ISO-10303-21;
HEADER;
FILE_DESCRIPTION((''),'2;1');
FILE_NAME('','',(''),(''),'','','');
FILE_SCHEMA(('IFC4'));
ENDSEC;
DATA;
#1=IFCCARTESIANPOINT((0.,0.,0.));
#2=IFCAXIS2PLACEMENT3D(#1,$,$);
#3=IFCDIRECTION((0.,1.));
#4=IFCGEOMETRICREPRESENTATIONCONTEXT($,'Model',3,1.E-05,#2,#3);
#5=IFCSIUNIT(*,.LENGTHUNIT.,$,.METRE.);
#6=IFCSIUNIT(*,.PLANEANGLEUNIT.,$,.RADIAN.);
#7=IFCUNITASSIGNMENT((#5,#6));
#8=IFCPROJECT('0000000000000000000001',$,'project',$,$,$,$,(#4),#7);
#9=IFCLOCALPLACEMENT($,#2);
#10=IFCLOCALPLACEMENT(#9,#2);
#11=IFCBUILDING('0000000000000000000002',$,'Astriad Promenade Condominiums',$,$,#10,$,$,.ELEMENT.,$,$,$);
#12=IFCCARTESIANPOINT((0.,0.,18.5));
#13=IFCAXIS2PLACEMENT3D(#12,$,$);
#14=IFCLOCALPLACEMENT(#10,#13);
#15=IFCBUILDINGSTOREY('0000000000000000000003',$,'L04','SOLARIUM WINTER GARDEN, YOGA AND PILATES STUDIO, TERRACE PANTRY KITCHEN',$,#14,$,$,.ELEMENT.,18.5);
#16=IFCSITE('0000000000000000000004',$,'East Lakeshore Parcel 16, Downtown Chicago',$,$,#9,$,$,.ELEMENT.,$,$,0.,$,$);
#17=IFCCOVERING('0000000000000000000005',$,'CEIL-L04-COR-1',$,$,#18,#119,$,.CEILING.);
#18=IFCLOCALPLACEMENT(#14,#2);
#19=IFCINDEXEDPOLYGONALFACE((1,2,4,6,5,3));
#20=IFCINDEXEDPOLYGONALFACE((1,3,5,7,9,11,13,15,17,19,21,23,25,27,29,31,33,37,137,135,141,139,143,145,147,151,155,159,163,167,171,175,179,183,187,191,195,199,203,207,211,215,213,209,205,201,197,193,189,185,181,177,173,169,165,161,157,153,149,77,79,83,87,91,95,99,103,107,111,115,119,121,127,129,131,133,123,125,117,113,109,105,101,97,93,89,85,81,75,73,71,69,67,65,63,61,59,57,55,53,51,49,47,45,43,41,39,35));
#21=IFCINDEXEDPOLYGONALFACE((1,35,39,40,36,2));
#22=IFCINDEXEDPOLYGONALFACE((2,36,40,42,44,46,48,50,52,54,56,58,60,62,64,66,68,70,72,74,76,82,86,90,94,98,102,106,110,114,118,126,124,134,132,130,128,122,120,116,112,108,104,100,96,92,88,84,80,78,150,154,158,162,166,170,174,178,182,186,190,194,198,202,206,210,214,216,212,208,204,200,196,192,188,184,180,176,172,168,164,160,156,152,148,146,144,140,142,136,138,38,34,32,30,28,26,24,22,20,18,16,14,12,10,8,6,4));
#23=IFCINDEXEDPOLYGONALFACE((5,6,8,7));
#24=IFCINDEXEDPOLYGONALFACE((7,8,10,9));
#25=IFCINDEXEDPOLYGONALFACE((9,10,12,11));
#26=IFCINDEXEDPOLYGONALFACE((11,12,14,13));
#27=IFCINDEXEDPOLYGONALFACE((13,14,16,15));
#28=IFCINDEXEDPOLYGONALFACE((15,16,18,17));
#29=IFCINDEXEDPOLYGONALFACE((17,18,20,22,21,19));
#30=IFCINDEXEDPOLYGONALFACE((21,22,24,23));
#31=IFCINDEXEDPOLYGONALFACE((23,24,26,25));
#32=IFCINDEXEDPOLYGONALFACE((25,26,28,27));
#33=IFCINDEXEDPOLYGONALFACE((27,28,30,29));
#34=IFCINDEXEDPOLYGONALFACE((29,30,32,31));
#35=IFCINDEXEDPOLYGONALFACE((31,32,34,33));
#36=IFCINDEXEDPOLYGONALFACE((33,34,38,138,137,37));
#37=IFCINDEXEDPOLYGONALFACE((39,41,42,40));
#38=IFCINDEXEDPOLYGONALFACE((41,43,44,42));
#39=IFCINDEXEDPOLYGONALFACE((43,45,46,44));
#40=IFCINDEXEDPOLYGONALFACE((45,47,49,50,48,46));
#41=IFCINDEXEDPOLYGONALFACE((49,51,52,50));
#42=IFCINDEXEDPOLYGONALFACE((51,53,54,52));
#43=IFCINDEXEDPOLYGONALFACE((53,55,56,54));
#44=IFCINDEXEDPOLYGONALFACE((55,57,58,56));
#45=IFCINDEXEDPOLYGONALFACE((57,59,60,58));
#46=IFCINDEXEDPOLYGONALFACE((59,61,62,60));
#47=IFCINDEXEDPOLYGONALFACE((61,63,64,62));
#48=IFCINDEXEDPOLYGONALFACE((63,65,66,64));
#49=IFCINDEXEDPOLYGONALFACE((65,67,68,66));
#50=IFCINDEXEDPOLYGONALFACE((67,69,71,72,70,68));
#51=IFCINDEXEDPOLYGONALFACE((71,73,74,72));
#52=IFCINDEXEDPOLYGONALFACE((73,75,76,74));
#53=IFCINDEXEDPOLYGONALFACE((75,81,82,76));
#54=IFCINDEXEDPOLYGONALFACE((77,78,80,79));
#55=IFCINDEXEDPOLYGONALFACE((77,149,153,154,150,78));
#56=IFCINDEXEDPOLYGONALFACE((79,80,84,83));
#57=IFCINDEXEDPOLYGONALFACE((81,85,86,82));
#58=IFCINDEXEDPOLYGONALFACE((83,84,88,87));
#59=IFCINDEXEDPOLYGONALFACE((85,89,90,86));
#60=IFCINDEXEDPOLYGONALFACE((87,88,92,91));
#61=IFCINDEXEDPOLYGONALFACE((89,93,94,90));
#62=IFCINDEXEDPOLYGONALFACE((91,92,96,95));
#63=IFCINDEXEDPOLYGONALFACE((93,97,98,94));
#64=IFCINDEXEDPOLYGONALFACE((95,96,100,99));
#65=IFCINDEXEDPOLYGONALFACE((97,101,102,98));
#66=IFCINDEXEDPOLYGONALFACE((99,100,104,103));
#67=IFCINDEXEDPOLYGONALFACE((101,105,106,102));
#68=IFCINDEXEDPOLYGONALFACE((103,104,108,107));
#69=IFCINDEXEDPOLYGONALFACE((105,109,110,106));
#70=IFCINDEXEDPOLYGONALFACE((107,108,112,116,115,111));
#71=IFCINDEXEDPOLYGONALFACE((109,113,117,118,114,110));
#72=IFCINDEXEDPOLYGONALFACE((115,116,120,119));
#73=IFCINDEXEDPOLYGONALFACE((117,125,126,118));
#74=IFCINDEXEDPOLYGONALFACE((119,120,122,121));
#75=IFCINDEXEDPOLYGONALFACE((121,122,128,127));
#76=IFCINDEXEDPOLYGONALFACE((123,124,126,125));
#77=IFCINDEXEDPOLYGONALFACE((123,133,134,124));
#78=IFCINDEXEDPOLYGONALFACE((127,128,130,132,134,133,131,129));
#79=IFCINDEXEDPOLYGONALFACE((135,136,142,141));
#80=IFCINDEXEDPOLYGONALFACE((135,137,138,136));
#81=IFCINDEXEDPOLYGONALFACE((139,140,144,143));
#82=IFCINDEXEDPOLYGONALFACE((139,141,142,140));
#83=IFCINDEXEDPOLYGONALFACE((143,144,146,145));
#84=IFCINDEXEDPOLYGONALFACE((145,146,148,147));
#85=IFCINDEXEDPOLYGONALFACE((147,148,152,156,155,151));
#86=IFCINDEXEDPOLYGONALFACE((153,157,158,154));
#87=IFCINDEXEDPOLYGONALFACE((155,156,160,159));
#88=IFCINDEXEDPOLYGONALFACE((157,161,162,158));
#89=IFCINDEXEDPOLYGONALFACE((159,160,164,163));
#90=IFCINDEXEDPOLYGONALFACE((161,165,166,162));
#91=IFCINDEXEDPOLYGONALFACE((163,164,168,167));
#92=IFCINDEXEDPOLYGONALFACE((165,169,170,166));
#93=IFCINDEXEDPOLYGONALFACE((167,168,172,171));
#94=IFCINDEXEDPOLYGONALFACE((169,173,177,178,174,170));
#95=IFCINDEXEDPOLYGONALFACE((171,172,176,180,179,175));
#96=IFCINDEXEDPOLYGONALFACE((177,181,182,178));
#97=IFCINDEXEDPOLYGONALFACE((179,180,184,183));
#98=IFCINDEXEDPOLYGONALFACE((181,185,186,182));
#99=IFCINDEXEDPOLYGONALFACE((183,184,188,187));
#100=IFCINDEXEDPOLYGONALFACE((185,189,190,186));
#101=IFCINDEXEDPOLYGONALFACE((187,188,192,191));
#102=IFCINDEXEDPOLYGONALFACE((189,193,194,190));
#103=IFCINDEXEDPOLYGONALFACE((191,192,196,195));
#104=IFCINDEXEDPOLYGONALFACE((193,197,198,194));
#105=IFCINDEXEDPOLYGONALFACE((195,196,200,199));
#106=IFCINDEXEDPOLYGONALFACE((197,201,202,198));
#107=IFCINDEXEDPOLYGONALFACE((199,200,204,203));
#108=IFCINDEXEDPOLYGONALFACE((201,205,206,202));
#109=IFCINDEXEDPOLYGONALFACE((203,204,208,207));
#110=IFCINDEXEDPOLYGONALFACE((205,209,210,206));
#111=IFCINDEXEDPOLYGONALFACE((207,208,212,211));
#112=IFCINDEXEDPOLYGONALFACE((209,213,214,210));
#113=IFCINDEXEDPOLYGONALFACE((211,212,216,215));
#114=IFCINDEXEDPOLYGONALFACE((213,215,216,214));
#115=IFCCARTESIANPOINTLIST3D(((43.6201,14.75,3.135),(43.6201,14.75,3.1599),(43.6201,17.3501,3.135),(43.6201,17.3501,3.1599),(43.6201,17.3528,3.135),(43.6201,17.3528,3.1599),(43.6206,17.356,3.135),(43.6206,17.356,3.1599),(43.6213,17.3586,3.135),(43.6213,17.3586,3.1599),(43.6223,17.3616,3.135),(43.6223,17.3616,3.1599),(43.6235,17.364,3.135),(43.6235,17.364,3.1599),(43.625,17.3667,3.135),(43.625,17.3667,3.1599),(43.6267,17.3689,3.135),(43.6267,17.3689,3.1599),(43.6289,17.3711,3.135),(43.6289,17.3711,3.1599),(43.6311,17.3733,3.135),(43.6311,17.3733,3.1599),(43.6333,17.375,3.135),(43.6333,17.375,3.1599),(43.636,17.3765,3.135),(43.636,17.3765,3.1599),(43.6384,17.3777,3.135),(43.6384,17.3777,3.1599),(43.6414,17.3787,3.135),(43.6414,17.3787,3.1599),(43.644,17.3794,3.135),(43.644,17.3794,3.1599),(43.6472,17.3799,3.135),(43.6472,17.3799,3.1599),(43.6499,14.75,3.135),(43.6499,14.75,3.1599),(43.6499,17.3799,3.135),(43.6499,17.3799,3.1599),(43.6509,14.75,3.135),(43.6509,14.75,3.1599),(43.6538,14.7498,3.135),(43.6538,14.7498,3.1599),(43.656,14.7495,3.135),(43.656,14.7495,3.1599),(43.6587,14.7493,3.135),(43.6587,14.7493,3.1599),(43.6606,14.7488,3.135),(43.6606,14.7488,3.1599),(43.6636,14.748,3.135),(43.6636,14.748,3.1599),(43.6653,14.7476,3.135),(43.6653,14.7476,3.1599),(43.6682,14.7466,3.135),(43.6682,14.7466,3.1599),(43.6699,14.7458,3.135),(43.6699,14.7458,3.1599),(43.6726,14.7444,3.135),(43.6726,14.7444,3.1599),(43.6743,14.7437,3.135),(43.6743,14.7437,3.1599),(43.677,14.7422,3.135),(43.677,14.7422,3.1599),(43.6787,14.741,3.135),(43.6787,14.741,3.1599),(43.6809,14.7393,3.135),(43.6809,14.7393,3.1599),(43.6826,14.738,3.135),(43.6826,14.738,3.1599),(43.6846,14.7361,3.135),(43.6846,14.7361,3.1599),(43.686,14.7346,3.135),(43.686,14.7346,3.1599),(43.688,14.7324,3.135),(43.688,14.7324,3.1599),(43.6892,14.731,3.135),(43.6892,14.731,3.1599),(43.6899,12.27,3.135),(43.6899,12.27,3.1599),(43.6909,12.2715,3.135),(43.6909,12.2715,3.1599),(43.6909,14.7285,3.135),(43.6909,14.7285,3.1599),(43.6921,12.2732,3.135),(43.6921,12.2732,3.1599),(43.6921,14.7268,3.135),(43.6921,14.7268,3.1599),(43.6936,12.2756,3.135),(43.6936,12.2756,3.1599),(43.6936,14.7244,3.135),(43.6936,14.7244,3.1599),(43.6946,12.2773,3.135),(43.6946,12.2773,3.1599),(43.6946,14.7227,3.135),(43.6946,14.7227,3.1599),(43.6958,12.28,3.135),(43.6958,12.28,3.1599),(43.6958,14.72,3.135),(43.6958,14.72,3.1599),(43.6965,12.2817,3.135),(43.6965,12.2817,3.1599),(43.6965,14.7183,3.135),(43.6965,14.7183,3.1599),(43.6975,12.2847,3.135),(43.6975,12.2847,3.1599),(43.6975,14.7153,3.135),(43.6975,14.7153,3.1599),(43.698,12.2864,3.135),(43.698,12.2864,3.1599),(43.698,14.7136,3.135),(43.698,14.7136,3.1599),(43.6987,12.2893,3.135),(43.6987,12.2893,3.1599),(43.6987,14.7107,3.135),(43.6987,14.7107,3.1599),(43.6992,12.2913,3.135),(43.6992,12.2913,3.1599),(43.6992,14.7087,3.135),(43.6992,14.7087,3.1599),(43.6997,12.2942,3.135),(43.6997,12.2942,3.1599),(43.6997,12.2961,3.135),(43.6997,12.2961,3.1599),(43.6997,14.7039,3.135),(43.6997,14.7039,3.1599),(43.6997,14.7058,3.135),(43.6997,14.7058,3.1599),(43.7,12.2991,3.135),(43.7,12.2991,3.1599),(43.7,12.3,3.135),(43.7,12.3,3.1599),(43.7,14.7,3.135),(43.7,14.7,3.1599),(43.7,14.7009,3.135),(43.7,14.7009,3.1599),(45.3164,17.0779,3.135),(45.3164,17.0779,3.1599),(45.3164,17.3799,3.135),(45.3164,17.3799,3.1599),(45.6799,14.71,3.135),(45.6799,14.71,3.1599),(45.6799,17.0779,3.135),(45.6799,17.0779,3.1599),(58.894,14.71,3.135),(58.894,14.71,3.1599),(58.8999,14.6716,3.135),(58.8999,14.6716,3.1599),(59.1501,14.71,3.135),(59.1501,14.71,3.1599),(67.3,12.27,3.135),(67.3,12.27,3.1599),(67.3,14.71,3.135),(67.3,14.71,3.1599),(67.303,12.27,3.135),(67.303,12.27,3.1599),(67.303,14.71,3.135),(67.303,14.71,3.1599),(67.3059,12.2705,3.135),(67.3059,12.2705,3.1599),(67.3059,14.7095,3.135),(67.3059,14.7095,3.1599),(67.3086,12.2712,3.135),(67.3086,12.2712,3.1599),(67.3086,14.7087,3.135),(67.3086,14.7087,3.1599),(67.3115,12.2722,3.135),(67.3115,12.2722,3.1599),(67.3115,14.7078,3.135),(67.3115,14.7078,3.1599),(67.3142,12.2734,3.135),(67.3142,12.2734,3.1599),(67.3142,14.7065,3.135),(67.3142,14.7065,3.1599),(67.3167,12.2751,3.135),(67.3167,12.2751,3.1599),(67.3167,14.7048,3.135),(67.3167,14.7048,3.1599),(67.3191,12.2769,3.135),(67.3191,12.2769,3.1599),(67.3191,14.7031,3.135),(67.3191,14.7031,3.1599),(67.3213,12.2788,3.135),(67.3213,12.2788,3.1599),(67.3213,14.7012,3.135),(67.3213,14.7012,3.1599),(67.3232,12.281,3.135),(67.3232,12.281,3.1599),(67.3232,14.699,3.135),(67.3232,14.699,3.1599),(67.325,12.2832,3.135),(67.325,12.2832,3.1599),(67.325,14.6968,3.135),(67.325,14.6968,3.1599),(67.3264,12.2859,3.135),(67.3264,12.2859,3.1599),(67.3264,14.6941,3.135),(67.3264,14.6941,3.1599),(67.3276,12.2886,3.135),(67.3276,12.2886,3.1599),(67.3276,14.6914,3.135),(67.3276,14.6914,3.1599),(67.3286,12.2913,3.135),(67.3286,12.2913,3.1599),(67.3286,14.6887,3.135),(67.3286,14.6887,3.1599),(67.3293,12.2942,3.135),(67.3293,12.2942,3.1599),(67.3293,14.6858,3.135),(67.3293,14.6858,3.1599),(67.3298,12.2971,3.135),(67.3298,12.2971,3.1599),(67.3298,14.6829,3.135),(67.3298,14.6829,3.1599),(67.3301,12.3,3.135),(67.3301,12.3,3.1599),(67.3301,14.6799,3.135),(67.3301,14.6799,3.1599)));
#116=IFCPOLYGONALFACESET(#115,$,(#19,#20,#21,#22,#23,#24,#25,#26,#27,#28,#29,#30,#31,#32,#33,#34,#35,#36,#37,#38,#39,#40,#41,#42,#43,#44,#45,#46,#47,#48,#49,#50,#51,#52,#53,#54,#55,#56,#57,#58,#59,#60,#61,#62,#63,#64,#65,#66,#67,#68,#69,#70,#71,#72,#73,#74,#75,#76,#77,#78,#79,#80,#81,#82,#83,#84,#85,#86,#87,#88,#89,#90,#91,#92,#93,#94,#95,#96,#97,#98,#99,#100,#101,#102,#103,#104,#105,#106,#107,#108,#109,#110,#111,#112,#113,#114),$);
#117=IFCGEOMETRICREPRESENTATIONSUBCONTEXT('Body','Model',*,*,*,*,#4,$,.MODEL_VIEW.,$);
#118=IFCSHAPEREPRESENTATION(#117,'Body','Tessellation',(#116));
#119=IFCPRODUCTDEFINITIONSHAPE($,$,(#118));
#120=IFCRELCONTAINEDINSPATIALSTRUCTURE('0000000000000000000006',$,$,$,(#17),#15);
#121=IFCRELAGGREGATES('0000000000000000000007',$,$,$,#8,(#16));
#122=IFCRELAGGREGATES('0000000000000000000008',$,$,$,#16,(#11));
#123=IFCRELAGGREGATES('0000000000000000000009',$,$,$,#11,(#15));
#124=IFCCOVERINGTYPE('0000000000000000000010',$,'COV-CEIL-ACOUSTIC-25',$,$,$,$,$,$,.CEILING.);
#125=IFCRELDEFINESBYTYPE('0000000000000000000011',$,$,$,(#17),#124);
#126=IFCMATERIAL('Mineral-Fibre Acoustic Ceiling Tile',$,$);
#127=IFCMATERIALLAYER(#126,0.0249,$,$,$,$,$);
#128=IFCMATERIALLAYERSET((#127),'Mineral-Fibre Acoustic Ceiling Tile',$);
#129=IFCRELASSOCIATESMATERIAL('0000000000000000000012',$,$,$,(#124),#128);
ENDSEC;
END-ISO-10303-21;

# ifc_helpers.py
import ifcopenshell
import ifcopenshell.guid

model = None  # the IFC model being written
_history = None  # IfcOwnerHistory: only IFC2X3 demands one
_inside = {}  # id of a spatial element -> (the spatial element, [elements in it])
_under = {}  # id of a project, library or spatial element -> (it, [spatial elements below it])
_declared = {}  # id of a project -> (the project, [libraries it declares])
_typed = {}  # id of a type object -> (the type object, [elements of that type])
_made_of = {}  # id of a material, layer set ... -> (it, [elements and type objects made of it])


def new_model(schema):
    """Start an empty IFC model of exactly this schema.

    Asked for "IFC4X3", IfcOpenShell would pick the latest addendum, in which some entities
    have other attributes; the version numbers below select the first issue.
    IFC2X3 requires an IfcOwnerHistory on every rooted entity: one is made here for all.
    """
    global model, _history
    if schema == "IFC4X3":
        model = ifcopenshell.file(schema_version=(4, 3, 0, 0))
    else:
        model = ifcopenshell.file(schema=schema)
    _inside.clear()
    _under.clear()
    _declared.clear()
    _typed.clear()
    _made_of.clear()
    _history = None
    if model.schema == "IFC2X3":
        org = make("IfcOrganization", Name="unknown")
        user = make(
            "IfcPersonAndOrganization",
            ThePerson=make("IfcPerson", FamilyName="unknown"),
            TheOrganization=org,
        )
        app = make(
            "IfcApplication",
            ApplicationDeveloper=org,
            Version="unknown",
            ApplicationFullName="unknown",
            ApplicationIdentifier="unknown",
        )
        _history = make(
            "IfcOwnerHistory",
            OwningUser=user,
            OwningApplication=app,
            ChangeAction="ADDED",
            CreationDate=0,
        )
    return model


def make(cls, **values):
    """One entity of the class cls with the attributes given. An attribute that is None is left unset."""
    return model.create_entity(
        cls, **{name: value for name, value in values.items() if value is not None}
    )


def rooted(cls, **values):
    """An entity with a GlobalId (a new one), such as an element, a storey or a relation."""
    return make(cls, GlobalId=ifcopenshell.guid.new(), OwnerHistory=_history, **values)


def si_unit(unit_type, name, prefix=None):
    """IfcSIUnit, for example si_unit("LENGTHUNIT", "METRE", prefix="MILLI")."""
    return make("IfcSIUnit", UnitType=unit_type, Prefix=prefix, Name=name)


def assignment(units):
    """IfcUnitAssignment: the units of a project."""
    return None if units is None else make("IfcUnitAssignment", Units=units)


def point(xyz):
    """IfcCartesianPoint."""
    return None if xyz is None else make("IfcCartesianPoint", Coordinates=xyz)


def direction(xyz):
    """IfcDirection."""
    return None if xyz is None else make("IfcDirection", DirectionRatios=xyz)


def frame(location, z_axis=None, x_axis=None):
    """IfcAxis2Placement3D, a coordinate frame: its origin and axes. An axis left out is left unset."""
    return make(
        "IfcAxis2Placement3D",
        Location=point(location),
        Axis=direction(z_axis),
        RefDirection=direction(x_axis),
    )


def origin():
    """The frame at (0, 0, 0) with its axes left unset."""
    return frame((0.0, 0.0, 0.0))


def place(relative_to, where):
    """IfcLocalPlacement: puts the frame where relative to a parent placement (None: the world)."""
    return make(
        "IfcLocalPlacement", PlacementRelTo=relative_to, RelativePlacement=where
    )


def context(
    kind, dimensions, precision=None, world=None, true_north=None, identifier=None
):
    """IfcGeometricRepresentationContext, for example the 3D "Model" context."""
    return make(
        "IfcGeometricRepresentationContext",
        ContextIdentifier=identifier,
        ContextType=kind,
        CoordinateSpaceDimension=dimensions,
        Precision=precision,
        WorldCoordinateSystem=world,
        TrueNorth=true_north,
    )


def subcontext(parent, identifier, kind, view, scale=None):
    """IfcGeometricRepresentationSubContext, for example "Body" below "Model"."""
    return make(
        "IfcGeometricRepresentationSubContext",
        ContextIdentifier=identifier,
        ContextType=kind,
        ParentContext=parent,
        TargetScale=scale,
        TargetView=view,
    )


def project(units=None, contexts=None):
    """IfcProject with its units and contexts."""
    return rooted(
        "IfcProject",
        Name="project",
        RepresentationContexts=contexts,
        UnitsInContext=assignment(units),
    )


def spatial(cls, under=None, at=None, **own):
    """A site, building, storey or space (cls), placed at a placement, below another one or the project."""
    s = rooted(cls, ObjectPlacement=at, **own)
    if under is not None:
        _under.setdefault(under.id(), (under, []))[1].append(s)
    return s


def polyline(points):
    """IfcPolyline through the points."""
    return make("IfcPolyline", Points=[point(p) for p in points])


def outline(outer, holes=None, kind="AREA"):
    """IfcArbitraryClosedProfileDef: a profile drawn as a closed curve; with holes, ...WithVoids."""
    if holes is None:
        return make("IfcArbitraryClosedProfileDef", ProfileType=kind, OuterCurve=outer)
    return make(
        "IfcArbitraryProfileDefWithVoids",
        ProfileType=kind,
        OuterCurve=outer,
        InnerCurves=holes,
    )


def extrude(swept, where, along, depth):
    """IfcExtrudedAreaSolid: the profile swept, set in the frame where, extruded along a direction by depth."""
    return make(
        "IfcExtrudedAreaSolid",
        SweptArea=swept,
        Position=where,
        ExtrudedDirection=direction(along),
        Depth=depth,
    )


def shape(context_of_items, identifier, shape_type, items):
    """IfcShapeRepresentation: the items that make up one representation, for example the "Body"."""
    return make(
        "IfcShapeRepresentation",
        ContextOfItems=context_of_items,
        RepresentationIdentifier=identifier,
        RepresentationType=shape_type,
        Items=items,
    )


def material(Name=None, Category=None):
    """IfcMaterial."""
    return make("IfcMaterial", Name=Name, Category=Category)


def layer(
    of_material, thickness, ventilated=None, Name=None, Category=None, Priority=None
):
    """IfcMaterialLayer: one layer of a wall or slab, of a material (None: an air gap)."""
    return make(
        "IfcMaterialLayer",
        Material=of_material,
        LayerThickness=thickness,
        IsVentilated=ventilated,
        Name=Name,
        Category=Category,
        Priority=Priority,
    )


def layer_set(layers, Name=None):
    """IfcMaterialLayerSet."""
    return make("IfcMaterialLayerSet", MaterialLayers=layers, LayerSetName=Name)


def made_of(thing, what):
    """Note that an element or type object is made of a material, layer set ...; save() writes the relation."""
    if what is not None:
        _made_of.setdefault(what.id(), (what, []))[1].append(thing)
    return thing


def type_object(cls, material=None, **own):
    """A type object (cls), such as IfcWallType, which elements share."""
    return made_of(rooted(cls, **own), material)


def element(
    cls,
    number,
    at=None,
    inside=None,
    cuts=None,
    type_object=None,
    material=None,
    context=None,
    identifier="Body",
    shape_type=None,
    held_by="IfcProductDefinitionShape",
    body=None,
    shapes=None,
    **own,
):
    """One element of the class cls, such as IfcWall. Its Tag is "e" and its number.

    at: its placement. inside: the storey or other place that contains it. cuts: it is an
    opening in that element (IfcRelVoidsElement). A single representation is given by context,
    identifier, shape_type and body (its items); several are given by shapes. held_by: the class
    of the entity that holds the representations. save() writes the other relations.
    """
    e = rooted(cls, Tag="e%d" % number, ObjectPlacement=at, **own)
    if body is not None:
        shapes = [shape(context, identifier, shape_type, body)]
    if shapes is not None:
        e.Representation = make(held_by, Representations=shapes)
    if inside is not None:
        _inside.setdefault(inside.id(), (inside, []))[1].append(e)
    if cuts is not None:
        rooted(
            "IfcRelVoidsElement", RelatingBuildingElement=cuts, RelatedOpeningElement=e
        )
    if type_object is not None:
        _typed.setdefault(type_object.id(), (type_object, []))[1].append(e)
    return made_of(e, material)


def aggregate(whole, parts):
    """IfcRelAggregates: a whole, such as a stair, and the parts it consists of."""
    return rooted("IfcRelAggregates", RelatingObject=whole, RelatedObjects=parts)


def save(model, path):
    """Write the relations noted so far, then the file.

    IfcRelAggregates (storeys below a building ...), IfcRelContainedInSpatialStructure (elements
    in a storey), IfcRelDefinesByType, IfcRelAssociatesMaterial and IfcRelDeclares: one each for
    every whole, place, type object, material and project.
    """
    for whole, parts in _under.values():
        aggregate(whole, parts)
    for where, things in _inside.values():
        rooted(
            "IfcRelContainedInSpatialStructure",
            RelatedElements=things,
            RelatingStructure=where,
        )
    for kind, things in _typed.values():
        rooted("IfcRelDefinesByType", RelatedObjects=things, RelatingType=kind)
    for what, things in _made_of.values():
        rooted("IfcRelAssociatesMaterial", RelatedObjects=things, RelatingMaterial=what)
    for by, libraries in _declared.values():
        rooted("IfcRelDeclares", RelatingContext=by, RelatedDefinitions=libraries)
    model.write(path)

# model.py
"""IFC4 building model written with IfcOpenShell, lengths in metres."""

from ifc_helpers import new_model, si_unit, direction, frame, origin, place, context, subcontext, project, spatial, polyline, outline, extrude, material, layer, layer_set, type_object, element, save


model = new_model("IFC4")

# Units and contexts
model_context = context("Model", 3, precision=1e-05, world=origin(), true_north=direction((0.0, 1.0)))
body_context = subcontext(model_context, "Body", "Model", "MODEL_VIEW")
ifc_project = project(units=[si_unit("LENGTHUNIT", "METRE"), si_unit("PLANEANGLEUNIT", "RADIAN")], contexts=[model_context])

# Site, building, storey
site_placement = place(None, origin())
site = spatial("IfcSite", under=ifc_project, at=site_placement, Name="East Lakeshore Parcel 16, Downtown Chicago", CompositionType="ELEMENT", RefElevation=0.0)
building_placement = place(site_placement, origin())
building = spatial("IfcBuilding", under=site, at=building_placement, Name="Astriad Promenade Condominiums", CompositionType="ELEMENT")
storey_placement = place(building_placement, frame((0.0, 0.0, 18.5)))
storey = spatial("IfcBuildingStorey", under=building, at=storey_placement, Name="L04", Description="SOLARIUM WINTER GARDEN, YOGA AND PILATES STUDIO, TERRACE PANTRY KITCHEN", CompositionType="ELEMENT", Elevation=18.5)

# Covering
ifc_material_1 = material(Name="Mineral-Fibre Acoustic Ceiling Tile")
ifc_layer_1 = layer(ifc_material_1, 0.0249)
ifc_layer_set_1 = layer_set([ifc_layer_1], Name="Mineral-Fibre Acoustic Ceiling Tile")
covering_type_1 = type_object("IfcCoveringType", Name="COV-CEIL-ACOUSTIC-25", PredefinedType="CEILING", material=ifc_layer_set_1)
covering_1_placement = place(storey_placement, frame((0.0, 0.0, 3.135)))
element("IfcCovering", 1, at=covering_1_placement, inside=storey, type_object=covering_type_1, Name="CEIL-L04-COR-1", PredefinedType="CEILING", context=body_context, shape_type="SweptSolid", body=[
    extrude(outline(polyline([(43.6201, 17.3501), (43.6201, 17.3528), (43.6206, 17.356), (43.6213, 17.3586), (43.6223, 17.3616), (43.6235, 17.364), (43.625, 17.3667), (43.6267, 17.3689), (43.6289, 17.3711), (43.6311, 17.3733), (43.6333, 17.375), (43.636, 17.3765), (43.6384, 17.3777), (43.6414, 17.3787), (43.644, 17.3794), (43.6472, 17.3799), (43.6499, 17.3799), (45.3164, 17.3799), (45.3164, 17.0779), (45.6799, 17.0779), (45.6799, 14.71), (58.894, 14.71), (58.8999, 14.6716), (59.1501, 14.71), (67.3, 14.71), (67.303, 14.71), (67.3059, 14.7095), (67.3086, 14.7087), (67.3115, 14.7078), (67.3142, 14.7065), (67.3167, 14.7048), (67.3191, 14.7031), (67.3213, 14.7012), (67.3232, 14.699), (67.325, 14.6968), (67.3264, 14.6941), (67.3276, 14.6914), (67.3286, 14.6887), (67.3293, 14.6858), (67.3298, 14.6829), (67.3301, 14.6799), (67.3301, 12.3), (67.3298, 12.2971), (67.3293, 12.2942), (67.3286, 12.2913), (67.3276, 12.2886), (67.3264, 12.2859), (67.325, 12.2832), (67.3232, 12.281), (67.3213, 12.2788), (67.3191, 12.2769), (67.3167, 12.2751), (67.3142, 12.2734), (67.3115, 12.2722), (67.3086, 12.2712), (67.3059, 12.2705), (67.303, 12.27), (67.3, 12.27), (43.6899, 12.27), (43.6909, 12.2715), (43.6921, 12.2732), (43.6936, 12.2756), (43.6946, 12.2773), (43.6958, 12.28), (43.6965, 12.2817), (43.6975, 12.2847), (43.698, 12.2864), (43.6987, 12.2893), (43.6992, 12.2913), (43.6997, 12.2942), (43.6997, 12.2961), (43.7, 12.2991), (43.7, 12.3), (43.7, 14.7), (43.7, 14.7009), (43.6997, 14.7039), (43.6997, 14.7058), (43.6992, 14.7087), (43.6987, 14.7107), (43.698, 14.7136), (43.6975, 14.7153), (43.6965, 14.7183), (43.6958, 14.72), (43.6946, 14.7227), (43.6936, 14.7244), (43.6921, 14.7268), (43.6909, 14.7285), (43.6892, 14.731), (43.688, 14.7324), (43.686, 14.7346), (43.6846, 14.7361), (43.6826, 14.738), (43.6809, 14.7393), (43.6787, 14.741), (43.677, 14.7422), (43.6743, 14.7437), (43.6726, 14.7444), (43.6699, 14.7458), (43.6682, 14.7466), (43.6653, 14.7476), (43.6636, 14.748), (43.6606, 14.7488), (43.6587, 14.7493), (43.656, 14.7495), (43.6538, 14.7498), (43.6509, 14.75), (43.6499, 14.75), (43.6201, 14.75), (43.6201, 17.3501)])), origin(), (0.0, 0.0, 1.0), 0.0249),
])

save(model, "model.ifc")
